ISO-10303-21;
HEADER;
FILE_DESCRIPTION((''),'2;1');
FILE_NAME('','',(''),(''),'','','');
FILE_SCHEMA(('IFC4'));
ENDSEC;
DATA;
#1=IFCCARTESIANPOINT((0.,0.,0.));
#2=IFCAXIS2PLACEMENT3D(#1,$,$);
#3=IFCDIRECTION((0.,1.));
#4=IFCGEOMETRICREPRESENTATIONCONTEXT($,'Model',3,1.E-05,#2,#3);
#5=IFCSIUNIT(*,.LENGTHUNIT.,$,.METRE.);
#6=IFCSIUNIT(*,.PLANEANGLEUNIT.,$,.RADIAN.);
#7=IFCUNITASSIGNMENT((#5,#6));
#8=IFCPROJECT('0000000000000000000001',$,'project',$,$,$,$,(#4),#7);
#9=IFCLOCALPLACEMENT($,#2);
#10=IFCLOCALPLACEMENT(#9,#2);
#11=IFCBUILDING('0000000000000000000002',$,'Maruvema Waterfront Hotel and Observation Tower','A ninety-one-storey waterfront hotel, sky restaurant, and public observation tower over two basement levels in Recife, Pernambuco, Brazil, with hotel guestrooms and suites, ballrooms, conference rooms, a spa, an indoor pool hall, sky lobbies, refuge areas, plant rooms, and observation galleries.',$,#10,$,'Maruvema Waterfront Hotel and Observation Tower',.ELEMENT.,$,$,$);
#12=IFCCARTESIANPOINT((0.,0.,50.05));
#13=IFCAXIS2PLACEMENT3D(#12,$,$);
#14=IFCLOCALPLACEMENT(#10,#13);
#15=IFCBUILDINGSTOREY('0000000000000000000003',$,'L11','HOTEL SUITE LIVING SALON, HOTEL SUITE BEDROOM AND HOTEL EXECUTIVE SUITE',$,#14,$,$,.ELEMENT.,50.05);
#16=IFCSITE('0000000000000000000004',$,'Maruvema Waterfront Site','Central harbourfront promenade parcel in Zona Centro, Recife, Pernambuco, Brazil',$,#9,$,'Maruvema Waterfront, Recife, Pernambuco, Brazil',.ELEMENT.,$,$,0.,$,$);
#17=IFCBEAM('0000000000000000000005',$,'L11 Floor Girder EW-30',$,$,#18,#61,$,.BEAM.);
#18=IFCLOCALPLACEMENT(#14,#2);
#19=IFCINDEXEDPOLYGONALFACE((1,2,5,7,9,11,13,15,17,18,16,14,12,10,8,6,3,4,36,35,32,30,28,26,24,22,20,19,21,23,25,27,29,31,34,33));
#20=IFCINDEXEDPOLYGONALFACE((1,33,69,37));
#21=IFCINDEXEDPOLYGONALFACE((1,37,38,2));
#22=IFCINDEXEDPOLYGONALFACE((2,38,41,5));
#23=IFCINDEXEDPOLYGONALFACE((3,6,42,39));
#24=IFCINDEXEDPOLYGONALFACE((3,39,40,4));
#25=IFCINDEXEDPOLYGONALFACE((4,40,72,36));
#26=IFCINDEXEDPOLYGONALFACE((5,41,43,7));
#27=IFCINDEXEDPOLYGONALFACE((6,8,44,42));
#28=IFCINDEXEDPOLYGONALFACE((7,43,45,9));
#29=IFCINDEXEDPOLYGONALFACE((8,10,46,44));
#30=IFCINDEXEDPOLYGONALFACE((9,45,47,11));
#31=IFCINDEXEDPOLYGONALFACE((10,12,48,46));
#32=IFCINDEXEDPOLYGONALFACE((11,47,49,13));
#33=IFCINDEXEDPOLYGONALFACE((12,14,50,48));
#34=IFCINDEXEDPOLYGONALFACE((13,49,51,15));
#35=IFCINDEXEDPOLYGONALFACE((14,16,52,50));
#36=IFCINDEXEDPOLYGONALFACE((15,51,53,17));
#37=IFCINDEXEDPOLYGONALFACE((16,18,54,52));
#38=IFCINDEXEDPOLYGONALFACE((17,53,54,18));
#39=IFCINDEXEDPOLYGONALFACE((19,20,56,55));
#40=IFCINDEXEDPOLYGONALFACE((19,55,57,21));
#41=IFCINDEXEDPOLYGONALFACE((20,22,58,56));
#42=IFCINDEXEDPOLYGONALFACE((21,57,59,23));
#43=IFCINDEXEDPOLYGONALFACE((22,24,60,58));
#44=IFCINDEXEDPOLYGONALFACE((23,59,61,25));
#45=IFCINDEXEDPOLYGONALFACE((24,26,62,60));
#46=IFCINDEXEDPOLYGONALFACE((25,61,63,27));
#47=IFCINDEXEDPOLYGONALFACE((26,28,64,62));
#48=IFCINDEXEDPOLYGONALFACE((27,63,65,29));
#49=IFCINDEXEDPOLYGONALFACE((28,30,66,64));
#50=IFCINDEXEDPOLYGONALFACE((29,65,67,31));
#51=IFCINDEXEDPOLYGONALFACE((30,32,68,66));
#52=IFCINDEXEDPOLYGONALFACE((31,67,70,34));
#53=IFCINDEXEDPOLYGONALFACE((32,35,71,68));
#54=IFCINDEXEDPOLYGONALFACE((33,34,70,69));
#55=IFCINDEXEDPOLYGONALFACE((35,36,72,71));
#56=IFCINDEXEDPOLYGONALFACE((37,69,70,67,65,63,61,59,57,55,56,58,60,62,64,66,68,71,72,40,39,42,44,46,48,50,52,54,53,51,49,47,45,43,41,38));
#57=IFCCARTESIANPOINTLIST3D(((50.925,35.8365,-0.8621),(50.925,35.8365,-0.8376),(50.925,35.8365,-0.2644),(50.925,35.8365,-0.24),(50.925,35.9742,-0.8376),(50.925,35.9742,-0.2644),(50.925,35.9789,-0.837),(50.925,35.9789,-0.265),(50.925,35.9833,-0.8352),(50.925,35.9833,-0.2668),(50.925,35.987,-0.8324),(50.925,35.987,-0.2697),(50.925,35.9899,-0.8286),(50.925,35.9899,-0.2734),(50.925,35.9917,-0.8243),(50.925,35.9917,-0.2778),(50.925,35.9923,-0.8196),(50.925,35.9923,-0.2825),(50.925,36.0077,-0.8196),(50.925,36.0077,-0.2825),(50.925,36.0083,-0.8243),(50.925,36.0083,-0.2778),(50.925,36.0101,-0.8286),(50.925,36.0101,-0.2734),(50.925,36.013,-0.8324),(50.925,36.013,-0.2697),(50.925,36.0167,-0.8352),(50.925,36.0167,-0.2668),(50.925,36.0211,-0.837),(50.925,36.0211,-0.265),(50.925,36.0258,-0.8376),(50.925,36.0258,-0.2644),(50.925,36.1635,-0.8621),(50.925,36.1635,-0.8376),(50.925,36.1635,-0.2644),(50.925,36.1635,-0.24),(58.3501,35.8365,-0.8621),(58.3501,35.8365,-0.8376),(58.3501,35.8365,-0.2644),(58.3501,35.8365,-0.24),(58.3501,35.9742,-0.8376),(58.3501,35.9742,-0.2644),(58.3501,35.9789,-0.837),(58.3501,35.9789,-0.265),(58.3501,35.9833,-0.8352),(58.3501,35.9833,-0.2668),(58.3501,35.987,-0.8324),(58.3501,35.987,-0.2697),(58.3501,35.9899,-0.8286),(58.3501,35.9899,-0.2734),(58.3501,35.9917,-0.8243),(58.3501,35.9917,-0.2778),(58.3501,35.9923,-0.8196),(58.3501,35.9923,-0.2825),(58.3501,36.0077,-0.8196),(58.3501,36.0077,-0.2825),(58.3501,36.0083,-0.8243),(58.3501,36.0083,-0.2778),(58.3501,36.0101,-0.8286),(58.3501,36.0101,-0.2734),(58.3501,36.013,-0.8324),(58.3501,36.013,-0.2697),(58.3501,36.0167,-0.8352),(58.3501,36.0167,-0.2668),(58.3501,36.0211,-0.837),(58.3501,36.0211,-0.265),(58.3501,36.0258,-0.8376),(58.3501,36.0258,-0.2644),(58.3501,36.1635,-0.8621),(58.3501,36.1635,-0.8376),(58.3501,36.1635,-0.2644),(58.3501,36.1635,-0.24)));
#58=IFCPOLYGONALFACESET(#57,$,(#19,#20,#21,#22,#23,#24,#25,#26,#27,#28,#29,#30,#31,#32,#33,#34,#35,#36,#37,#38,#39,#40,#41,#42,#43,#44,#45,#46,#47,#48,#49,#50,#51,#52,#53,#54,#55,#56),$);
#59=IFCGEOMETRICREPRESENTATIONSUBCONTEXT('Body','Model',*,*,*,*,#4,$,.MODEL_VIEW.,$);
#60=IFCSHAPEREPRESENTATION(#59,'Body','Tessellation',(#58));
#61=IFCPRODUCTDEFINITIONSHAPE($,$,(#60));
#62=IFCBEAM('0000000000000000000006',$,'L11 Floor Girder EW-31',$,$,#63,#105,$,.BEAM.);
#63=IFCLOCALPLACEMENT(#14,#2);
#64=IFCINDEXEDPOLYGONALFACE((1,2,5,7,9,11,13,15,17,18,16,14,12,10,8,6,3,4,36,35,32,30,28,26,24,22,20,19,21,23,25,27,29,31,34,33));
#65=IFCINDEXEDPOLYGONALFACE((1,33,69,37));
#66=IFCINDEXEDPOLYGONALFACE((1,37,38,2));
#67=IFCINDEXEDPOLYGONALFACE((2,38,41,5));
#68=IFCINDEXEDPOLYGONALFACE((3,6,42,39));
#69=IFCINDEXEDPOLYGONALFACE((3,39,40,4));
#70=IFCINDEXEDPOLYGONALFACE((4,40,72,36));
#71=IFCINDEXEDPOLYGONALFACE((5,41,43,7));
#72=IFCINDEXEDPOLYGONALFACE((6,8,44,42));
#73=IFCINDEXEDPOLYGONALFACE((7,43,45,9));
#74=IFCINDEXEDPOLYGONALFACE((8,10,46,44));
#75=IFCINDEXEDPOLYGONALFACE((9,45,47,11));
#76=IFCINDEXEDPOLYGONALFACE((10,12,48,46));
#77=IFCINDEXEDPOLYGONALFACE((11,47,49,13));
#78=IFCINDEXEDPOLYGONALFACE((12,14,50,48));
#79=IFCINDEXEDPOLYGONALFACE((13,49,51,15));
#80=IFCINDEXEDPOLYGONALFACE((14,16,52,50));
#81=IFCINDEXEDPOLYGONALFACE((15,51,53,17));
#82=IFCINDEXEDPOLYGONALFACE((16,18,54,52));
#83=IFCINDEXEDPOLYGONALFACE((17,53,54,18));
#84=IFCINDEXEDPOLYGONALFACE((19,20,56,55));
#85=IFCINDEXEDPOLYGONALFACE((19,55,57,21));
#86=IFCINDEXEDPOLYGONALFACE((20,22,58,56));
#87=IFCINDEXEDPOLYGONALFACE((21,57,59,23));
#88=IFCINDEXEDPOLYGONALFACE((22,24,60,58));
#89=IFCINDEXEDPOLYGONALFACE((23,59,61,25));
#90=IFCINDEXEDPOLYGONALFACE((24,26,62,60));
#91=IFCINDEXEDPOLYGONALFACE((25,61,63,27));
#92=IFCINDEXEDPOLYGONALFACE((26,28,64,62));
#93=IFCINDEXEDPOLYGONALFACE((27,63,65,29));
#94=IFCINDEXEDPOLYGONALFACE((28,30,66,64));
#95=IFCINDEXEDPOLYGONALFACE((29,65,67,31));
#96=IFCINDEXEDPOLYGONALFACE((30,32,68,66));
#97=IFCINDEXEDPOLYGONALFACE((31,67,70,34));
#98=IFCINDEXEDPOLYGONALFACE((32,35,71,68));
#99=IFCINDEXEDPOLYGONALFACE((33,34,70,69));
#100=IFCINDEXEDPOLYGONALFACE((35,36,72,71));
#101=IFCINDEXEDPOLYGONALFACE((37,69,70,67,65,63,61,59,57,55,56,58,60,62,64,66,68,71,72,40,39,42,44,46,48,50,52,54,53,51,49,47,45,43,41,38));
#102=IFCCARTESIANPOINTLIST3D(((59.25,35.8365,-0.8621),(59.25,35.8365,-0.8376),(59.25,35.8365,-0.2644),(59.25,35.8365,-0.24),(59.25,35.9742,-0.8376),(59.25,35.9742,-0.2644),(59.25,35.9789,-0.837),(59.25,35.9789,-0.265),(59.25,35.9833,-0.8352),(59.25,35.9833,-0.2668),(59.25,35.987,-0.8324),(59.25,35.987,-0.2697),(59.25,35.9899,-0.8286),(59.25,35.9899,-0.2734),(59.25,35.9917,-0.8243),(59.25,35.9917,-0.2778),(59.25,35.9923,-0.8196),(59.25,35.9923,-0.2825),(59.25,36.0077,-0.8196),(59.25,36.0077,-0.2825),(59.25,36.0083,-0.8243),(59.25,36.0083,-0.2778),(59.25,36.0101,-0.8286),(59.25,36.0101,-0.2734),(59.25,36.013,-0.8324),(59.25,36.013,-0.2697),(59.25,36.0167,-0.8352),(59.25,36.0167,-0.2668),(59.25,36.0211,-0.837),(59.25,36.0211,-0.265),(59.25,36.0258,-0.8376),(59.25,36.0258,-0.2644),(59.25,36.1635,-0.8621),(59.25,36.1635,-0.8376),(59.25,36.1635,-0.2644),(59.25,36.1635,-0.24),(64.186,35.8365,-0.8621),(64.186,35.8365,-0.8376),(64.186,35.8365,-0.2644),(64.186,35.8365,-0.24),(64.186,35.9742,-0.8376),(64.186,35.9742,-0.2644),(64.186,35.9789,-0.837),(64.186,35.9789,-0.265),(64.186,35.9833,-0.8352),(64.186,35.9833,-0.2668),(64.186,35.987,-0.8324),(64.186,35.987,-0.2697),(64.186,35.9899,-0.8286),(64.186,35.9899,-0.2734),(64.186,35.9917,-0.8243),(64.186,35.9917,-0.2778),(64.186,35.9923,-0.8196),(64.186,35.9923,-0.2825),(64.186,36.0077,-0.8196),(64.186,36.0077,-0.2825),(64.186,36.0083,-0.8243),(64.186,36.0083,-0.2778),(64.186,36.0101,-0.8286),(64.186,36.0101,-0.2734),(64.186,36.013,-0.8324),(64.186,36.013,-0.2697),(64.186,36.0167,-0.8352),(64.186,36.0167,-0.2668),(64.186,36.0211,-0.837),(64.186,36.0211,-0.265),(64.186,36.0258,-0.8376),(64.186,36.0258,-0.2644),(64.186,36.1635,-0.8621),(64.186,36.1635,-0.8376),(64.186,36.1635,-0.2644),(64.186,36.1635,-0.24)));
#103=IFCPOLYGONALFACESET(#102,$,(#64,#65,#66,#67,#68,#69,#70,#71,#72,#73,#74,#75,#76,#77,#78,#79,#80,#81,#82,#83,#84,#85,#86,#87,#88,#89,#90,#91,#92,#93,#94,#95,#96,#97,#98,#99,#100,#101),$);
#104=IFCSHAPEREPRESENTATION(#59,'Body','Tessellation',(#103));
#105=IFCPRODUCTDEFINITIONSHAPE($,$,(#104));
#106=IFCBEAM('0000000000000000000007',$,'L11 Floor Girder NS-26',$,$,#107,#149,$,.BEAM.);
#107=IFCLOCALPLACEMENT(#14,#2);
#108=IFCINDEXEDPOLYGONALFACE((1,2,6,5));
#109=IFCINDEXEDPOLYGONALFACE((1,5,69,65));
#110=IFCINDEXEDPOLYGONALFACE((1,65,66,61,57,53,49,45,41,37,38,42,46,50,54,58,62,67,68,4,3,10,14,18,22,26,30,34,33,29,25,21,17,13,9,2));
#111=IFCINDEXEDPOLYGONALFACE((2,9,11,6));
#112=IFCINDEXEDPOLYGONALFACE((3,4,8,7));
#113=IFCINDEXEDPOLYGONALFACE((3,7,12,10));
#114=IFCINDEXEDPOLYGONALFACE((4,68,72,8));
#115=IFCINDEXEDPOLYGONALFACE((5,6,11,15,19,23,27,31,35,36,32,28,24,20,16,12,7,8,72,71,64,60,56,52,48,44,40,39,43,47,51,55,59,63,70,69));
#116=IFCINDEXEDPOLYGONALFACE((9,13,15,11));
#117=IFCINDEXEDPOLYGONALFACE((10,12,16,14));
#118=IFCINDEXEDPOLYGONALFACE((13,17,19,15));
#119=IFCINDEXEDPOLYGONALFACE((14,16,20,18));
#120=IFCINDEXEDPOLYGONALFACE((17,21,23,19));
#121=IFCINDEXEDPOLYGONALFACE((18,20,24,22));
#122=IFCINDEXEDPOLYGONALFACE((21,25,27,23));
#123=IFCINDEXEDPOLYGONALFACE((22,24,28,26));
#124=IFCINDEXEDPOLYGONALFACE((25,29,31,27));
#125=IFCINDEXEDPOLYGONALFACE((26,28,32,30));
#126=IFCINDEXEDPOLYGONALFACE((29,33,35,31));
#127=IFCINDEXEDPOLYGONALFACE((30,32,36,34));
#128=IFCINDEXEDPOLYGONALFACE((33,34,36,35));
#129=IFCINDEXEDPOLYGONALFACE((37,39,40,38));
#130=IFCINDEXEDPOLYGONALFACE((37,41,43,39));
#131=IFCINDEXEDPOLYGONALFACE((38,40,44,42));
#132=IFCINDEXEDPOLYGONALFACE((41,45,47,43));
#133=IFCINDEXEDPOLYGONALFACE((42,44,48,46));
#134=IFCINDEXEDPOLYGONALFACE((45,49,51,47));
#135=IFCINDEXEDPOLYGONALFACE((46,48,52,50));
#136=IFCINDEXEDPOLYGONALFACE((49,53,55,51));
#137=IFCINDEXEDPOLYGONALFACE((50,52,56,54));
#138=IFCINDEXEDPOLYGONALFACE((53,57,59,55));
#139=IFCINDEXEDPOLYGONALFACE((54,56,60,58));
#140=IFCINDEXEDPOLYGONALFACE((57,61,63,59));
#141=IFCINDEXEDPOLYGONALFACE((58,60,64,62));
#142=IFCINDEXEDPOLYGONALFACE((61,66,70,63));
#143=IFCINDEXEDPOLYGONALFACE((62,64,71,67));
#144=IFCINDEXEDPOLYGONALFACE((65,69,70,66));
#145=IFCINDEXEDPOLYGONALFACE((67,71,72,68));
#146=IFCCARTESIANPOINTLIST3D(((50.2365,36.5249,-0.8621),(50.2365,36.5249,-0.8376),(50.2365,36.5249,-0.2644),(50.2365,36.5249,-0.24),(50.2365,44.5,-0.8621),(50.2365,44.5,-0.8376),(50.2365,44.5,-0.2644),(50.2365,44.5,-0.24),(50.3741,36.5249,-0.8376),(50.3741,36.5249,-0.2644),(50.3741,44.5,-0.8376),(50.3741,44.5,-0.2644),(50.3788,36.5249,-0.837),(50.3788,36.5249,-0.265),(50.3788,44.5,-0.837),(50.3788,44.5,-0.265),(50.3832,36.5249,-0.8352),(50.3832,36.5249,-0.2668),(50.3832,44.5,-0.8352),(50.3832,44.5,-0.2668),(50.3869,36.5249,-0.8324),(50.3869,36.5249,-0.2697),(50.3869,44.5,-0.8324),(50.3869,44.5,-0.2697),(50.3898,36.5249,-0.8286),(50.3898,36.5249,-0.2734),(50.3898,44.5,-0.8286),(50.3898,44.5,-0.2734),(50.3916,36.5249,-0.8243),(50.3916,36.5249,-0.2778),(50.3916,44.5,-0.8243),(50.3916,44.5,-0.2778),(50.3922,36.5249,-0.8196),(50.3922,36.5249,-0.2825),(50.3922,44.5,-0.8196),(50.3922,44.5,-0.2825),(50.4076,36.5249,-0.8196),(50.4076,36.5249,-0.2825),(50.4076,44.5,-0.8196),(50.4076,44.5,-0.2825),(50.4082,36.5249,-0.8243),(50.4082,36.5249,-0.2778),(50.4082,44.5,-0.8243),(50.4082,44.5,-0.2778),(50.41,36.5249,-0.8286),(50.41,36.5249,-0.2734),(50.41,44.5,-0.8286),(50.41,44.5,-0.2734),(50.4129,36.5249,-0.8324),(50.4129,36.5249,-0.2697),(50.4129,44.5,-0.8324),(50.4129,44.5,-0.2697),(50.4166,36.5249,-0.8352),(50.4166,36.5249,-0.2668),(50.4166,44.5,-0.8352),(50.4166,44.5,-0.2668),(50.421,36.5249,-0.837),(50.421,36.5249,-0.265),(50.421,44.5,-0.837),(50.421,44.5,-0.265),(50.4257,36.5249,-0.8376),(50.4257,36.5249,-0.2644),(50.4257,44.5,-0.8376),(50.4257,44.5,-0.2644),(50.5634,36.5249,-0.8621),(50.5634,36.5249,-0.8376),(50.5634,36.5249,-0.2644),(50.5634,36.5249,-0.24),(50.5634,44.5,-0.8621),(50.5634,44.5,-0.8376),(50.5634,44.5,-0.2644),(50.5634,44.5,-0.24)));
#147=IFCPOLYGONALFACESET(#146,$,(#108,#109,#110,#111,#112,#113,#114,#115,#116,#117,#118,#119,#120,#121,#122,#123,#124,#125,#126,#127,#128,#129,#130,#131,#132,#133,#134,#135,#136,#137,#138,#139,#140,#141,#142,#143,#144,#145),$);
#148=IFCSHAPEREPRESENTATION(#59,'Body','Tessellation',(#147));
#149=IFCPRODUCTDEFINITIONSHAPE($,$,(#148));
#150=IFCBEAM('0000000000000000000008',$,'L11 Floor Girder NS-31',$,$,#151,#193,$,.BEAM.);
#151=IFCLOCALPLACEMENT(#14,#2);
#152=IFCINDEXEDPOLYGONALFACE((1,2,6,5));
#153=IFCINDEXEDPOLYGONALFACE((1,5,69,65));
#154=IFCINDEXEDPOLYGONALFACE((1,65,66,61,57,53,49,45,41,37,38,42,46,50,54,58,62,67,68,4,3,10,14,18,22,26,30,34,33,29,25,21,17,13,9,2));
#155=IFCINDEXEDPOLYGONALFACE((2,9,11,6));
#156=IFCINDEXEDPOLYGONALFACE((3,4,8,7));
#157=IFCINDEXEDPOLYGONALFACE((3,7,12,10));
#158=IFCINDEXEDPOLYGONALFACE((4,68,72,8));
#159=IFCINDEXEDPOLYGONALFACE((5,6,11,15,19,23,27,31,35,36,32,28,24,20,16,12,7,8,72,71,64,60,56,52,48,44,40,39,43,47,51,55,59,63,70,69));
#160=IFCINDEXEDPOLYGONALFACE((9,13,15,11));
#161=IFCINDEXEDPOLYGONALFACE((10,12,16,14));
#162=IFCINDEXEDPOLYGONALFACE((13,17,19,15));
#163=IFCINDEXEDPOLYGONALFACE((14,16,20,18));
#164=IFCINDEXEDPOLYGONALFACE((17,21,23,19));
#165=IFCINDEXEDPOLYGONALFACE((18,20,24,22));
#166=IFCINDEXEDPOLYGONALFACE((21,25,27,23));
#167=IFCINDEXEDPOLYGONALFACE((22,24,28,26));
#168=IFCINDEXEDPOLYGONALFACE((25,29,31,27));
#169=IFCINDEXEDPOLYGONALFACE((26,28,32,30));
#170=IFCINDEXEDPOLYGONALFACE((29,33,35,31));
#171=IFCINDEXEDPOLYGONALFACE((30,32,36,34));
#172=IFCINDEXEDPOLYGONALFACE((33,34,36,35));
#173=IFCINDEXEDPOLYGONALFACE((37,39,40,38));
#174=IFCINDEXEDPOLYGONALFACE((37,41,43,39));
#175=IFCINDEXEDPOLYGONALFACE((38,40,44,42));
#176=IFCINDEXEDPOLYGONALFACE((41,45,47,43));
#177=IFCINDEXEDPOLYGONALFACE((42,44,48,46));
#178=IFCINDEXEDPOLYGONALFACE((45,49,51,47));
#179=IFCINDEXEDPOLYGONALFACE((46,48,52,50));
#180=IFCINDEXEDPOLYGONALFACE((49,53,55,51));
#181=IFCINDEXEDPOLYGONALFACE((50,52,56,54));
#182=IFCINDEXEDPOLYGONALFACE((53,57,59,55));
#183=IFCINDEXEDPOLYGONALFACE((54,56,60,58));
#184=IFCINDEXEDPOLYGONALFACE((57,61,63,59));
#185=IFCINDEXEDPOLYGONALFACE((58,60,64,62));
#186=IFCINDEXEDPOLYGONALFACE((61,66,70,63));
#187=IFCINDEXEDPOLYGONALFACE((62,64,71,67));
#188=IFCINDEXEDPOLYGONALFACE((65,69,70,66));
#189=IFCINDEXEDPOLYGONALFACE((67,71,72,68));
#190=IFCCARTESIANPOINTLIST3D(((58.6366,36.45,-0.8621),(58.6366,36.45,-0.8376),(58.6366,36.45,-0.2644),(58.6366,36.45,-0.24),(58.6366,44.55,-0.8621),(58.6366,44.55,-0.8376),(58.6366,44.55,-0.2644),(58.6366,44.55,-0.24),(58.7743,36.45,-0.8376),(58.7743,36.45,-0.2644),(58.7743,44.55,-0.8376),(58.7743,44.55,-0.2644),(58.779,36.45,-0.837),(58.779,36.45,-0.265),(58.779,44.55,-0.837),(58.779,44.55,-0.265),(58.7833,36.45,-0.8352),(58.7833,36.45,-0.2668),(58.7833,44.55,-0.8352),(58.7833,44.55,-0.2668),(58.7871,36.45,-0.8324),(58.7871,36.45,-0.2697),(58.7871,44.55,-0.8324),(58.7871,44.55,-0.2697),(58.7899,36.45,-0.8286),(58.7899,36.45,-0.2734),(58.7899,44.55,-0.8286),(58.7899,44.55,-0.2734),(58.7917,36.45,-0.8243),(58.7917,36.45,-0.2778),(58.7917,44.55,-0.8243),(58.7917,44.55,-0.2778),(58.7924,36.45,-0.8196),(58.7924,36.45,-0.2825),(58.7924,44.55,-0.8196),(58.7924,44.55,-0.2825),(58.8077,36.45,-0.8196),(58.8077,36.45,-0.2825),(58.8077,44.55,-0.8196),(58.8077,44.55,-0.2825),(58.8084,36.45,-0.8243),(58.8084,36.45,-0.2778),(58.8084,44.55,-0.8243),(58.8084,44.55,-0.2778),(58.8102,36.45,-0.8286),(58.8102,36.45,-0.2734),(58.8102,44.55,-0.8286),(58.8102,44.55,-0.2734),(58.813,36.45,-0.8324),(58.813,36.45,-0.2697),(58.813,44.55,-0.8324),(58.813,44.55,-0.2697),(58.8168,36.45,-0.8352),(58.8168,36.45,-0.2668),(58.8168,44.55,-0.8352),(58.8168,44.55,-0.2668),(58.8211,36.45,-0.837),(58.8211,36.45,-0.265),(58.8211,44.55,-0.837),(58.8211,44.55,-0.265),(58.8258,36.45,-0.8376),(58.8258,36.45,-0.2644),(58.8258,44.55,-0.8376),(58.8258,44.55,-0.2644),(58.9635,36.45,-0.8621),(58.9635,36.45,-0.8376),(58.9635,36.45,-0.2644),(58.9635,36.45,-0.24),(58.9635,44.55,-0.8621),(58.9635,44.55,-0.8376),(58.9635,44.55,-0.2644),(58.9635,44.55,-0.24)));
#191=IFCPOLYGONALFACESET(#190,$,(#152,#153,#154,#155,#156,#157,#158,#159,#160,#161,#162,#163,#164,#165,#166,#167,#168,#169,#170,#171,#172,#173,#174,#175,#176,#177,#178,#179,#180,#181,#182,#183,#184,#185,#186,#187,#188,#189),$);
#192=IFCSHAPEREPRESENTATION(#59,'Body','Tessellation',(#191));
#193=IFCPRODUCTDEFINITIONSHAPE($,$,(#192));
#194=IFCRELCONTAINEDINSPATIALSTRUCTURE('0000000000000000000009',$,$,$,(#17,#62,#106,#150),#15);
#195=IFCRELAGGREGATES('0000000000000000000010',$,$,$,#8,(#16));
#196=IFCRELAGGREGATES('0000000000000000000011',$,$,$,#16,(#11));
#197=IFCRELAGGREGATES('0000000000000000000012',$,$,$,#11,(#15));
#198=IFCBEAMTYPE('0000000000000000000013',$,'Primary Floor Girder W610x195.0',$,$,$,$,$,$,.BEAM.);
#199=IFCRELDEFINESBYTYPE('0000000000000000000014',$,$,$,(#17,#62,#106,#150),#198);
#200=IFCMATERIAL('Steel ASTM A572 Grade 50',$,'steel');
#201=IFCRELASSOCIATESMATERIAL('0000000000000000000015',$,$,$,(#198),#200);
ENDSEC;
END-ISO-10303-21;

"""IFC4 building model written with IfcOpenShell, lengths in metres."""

from ifc_helpers import new_model, si_unit, direction, frame, origin, origin_2d, place, context, subcontext, project, spatial, i_section, extrude, material, material_profile, profile_set, type_object, element, save


model = new_model("IFC4")

# Units and contexts
model_context = context("Model", 3, precision=1e-05, world=origin(), true_north=direction((0.0, 1.0)))
body_context = subcontext(model_context, "Body", "Model", "MODEL_VIEW")
ifc_project = project(units=[si_unit("LENGTHUNIT", "METRE"), si_unit("PLANEANGLEUNIT", "RADIAN")], contexts=[model_context])

# Site, building, storey
site_placement = place(None, origin())
site = spatial("IfcSite", under=ifc_project, at=site_placement, Name="Maruvema Waterfront Site", Description="Central harbourfront promenade parcel in Zona Centro, Recife, Pernambuco, Brazil", LongName="Maruvema Waterfront, Recife, Pernambuco, Brazil", CompositionType="ELEMENT", RefElevation=0.0)
building_placement = place(site_placement, origin())
building = spatial("IfcBuilding", under=site, at=building_placement, Name="Maruvema Waterfront Hotel and Observation Tower", Description="A ninety-one-storey waterfront hotel, sky restaurant, and public observation tower over two basement levels in Recife, Pernambuco, Brazil, with hotel guestrooms and suites, ballrooms, conference rooms, a spa, an indoor pool hall, sky lobbies, refuge areas, plant rooms, and observation galleries.", LongName="Maruvema Waterfront Hotel and Observation Tower", CompositionType="ELEMENT")
storey_placement = place(building_placement, frame((0.0, 0.0, 50.05)))
storey = spatial("IfcBuildingStorey", under=building, at=storey_placement, Name="L11", Description="HOTEL SUITE LIVING SALON, HOTEL SUITE BEDROOM AND HOTEL EXECUTIVE SUITE", CompositionType="ELEMENT", Elevation=50.05)

# Beams
ifc_material_1 = material(Name="Steel ASTM A572 Grade 50", Category="steel")
ifc_material_profile_1 = material_profile(ifc_material_1, i_section(OverallWidth=0.3269, OverallDepth=0.6221, WebThickness=0.0154, FlangeThickness=0.0244, FilletRadius=0.0181, at=origin_2d()), Name="W610x195.0")
ifc_profile_set_1 = profile_set([ifc_material_profile_1], Name="Steel ASTM A572 Grade 50")
beam_type_1 = type_object("IfcBeamType", Name="Primary Floor Girder W610x195.0", PredefinedType="BEAM", material=ifc_profile_set_1)
beam_1_placement = place(storey_placement, frame((50.925, 36.0, -0.551), z_axis=(1.0, 0.0, 0.0), x_axis=(0.0, 1.0, 0.0)))
element("IfcBeam", 1, at=beam_1_placement, inside=storey, type_object=beam_type_1, Name="L11 Floor Girder EW-30", PredefinedType="BEAM", context=body_context, shape_type="SweptSolid", body=[
    extrude(i_section(OverallWidth=0.3269, OverallDepth=0.6221, WebThickness=0.0154, FlangeThickness=0.0244, FilletRadius=0.0181, at=origin_2d()), origin(), (0.0, 0.0, 1.0), 7.425),
])
beam_2_placement = place(storey_placement, frame((59.25, 36.0, -0.551), z_axis=(1.0, 0.0, 0.0), x_axis=(0.0, 1.0, 0.0)))
element("IfcBeam", 2, at=beam_2_placement, inside=storey, type_object=beam_type_1, Name="L11 Floor Girder EW-31", PredefinedType="BEAM", context=body_context, shape_type="SweptSolid", body=[
    extrude(i_section(OverallWidth=0.3269, OverallDepth=0.6221, WebThickness=0.0154, FlangeThickness=0.0244, FilletRadius=0.0181, at=origin_2d()), origin(), (0.0, 0.0, 1.0), 4.936),
])
beam_3_placement = place(storey_placement, frame((50.3999, 36.5249, -0.551), z_axis=(0.0, 1.0, 0.0), x_axis=(-1.0, 0.0, 0.0)))
element("IfcBeam", 3, at=beam_3_placement, inside=storey, type_object=beam_type_1, Name="L11 Floor Girder NS-26", PredefinedType="BEAM", context=body_context, shape_type="SweptSolid", body=[
    extrude(i_section(OverallWidth=0.3269, OverallDepth=0.6221, WebThickness=0.0154, FlangeThickness=0.0244, FilletRadius=0.0181, at=origin_2d()), origin(), (0.0, 0.0, 1.0), 7.9751),
])
beam_4_placement = place(storey_placement, frame((58.8, 36.45, -0.551), z_axis=(0.0, 1.0, 0.0), x_axis=(-1.0, 0.0, 0.0)))
element("IfcBeam", 4, at=beam_4_placement, inside=storey, type_object=beam_type_1, Name="L11 Floor Girder NS-31", PredefinedType="BEAM", context=body_context, shape_type="SweptSolid", body=[
    extrude(i_section(OverallWidth=0.3269, OverallDepth=0.6221, WebThickness=0.0154, FlangeThickness=0.0244, FilletRadius=0.0181, at=origin_2d()), origin(), (0.0, 0.0, 1.0), 8.1001),
])

save(model, "model.ifc")
